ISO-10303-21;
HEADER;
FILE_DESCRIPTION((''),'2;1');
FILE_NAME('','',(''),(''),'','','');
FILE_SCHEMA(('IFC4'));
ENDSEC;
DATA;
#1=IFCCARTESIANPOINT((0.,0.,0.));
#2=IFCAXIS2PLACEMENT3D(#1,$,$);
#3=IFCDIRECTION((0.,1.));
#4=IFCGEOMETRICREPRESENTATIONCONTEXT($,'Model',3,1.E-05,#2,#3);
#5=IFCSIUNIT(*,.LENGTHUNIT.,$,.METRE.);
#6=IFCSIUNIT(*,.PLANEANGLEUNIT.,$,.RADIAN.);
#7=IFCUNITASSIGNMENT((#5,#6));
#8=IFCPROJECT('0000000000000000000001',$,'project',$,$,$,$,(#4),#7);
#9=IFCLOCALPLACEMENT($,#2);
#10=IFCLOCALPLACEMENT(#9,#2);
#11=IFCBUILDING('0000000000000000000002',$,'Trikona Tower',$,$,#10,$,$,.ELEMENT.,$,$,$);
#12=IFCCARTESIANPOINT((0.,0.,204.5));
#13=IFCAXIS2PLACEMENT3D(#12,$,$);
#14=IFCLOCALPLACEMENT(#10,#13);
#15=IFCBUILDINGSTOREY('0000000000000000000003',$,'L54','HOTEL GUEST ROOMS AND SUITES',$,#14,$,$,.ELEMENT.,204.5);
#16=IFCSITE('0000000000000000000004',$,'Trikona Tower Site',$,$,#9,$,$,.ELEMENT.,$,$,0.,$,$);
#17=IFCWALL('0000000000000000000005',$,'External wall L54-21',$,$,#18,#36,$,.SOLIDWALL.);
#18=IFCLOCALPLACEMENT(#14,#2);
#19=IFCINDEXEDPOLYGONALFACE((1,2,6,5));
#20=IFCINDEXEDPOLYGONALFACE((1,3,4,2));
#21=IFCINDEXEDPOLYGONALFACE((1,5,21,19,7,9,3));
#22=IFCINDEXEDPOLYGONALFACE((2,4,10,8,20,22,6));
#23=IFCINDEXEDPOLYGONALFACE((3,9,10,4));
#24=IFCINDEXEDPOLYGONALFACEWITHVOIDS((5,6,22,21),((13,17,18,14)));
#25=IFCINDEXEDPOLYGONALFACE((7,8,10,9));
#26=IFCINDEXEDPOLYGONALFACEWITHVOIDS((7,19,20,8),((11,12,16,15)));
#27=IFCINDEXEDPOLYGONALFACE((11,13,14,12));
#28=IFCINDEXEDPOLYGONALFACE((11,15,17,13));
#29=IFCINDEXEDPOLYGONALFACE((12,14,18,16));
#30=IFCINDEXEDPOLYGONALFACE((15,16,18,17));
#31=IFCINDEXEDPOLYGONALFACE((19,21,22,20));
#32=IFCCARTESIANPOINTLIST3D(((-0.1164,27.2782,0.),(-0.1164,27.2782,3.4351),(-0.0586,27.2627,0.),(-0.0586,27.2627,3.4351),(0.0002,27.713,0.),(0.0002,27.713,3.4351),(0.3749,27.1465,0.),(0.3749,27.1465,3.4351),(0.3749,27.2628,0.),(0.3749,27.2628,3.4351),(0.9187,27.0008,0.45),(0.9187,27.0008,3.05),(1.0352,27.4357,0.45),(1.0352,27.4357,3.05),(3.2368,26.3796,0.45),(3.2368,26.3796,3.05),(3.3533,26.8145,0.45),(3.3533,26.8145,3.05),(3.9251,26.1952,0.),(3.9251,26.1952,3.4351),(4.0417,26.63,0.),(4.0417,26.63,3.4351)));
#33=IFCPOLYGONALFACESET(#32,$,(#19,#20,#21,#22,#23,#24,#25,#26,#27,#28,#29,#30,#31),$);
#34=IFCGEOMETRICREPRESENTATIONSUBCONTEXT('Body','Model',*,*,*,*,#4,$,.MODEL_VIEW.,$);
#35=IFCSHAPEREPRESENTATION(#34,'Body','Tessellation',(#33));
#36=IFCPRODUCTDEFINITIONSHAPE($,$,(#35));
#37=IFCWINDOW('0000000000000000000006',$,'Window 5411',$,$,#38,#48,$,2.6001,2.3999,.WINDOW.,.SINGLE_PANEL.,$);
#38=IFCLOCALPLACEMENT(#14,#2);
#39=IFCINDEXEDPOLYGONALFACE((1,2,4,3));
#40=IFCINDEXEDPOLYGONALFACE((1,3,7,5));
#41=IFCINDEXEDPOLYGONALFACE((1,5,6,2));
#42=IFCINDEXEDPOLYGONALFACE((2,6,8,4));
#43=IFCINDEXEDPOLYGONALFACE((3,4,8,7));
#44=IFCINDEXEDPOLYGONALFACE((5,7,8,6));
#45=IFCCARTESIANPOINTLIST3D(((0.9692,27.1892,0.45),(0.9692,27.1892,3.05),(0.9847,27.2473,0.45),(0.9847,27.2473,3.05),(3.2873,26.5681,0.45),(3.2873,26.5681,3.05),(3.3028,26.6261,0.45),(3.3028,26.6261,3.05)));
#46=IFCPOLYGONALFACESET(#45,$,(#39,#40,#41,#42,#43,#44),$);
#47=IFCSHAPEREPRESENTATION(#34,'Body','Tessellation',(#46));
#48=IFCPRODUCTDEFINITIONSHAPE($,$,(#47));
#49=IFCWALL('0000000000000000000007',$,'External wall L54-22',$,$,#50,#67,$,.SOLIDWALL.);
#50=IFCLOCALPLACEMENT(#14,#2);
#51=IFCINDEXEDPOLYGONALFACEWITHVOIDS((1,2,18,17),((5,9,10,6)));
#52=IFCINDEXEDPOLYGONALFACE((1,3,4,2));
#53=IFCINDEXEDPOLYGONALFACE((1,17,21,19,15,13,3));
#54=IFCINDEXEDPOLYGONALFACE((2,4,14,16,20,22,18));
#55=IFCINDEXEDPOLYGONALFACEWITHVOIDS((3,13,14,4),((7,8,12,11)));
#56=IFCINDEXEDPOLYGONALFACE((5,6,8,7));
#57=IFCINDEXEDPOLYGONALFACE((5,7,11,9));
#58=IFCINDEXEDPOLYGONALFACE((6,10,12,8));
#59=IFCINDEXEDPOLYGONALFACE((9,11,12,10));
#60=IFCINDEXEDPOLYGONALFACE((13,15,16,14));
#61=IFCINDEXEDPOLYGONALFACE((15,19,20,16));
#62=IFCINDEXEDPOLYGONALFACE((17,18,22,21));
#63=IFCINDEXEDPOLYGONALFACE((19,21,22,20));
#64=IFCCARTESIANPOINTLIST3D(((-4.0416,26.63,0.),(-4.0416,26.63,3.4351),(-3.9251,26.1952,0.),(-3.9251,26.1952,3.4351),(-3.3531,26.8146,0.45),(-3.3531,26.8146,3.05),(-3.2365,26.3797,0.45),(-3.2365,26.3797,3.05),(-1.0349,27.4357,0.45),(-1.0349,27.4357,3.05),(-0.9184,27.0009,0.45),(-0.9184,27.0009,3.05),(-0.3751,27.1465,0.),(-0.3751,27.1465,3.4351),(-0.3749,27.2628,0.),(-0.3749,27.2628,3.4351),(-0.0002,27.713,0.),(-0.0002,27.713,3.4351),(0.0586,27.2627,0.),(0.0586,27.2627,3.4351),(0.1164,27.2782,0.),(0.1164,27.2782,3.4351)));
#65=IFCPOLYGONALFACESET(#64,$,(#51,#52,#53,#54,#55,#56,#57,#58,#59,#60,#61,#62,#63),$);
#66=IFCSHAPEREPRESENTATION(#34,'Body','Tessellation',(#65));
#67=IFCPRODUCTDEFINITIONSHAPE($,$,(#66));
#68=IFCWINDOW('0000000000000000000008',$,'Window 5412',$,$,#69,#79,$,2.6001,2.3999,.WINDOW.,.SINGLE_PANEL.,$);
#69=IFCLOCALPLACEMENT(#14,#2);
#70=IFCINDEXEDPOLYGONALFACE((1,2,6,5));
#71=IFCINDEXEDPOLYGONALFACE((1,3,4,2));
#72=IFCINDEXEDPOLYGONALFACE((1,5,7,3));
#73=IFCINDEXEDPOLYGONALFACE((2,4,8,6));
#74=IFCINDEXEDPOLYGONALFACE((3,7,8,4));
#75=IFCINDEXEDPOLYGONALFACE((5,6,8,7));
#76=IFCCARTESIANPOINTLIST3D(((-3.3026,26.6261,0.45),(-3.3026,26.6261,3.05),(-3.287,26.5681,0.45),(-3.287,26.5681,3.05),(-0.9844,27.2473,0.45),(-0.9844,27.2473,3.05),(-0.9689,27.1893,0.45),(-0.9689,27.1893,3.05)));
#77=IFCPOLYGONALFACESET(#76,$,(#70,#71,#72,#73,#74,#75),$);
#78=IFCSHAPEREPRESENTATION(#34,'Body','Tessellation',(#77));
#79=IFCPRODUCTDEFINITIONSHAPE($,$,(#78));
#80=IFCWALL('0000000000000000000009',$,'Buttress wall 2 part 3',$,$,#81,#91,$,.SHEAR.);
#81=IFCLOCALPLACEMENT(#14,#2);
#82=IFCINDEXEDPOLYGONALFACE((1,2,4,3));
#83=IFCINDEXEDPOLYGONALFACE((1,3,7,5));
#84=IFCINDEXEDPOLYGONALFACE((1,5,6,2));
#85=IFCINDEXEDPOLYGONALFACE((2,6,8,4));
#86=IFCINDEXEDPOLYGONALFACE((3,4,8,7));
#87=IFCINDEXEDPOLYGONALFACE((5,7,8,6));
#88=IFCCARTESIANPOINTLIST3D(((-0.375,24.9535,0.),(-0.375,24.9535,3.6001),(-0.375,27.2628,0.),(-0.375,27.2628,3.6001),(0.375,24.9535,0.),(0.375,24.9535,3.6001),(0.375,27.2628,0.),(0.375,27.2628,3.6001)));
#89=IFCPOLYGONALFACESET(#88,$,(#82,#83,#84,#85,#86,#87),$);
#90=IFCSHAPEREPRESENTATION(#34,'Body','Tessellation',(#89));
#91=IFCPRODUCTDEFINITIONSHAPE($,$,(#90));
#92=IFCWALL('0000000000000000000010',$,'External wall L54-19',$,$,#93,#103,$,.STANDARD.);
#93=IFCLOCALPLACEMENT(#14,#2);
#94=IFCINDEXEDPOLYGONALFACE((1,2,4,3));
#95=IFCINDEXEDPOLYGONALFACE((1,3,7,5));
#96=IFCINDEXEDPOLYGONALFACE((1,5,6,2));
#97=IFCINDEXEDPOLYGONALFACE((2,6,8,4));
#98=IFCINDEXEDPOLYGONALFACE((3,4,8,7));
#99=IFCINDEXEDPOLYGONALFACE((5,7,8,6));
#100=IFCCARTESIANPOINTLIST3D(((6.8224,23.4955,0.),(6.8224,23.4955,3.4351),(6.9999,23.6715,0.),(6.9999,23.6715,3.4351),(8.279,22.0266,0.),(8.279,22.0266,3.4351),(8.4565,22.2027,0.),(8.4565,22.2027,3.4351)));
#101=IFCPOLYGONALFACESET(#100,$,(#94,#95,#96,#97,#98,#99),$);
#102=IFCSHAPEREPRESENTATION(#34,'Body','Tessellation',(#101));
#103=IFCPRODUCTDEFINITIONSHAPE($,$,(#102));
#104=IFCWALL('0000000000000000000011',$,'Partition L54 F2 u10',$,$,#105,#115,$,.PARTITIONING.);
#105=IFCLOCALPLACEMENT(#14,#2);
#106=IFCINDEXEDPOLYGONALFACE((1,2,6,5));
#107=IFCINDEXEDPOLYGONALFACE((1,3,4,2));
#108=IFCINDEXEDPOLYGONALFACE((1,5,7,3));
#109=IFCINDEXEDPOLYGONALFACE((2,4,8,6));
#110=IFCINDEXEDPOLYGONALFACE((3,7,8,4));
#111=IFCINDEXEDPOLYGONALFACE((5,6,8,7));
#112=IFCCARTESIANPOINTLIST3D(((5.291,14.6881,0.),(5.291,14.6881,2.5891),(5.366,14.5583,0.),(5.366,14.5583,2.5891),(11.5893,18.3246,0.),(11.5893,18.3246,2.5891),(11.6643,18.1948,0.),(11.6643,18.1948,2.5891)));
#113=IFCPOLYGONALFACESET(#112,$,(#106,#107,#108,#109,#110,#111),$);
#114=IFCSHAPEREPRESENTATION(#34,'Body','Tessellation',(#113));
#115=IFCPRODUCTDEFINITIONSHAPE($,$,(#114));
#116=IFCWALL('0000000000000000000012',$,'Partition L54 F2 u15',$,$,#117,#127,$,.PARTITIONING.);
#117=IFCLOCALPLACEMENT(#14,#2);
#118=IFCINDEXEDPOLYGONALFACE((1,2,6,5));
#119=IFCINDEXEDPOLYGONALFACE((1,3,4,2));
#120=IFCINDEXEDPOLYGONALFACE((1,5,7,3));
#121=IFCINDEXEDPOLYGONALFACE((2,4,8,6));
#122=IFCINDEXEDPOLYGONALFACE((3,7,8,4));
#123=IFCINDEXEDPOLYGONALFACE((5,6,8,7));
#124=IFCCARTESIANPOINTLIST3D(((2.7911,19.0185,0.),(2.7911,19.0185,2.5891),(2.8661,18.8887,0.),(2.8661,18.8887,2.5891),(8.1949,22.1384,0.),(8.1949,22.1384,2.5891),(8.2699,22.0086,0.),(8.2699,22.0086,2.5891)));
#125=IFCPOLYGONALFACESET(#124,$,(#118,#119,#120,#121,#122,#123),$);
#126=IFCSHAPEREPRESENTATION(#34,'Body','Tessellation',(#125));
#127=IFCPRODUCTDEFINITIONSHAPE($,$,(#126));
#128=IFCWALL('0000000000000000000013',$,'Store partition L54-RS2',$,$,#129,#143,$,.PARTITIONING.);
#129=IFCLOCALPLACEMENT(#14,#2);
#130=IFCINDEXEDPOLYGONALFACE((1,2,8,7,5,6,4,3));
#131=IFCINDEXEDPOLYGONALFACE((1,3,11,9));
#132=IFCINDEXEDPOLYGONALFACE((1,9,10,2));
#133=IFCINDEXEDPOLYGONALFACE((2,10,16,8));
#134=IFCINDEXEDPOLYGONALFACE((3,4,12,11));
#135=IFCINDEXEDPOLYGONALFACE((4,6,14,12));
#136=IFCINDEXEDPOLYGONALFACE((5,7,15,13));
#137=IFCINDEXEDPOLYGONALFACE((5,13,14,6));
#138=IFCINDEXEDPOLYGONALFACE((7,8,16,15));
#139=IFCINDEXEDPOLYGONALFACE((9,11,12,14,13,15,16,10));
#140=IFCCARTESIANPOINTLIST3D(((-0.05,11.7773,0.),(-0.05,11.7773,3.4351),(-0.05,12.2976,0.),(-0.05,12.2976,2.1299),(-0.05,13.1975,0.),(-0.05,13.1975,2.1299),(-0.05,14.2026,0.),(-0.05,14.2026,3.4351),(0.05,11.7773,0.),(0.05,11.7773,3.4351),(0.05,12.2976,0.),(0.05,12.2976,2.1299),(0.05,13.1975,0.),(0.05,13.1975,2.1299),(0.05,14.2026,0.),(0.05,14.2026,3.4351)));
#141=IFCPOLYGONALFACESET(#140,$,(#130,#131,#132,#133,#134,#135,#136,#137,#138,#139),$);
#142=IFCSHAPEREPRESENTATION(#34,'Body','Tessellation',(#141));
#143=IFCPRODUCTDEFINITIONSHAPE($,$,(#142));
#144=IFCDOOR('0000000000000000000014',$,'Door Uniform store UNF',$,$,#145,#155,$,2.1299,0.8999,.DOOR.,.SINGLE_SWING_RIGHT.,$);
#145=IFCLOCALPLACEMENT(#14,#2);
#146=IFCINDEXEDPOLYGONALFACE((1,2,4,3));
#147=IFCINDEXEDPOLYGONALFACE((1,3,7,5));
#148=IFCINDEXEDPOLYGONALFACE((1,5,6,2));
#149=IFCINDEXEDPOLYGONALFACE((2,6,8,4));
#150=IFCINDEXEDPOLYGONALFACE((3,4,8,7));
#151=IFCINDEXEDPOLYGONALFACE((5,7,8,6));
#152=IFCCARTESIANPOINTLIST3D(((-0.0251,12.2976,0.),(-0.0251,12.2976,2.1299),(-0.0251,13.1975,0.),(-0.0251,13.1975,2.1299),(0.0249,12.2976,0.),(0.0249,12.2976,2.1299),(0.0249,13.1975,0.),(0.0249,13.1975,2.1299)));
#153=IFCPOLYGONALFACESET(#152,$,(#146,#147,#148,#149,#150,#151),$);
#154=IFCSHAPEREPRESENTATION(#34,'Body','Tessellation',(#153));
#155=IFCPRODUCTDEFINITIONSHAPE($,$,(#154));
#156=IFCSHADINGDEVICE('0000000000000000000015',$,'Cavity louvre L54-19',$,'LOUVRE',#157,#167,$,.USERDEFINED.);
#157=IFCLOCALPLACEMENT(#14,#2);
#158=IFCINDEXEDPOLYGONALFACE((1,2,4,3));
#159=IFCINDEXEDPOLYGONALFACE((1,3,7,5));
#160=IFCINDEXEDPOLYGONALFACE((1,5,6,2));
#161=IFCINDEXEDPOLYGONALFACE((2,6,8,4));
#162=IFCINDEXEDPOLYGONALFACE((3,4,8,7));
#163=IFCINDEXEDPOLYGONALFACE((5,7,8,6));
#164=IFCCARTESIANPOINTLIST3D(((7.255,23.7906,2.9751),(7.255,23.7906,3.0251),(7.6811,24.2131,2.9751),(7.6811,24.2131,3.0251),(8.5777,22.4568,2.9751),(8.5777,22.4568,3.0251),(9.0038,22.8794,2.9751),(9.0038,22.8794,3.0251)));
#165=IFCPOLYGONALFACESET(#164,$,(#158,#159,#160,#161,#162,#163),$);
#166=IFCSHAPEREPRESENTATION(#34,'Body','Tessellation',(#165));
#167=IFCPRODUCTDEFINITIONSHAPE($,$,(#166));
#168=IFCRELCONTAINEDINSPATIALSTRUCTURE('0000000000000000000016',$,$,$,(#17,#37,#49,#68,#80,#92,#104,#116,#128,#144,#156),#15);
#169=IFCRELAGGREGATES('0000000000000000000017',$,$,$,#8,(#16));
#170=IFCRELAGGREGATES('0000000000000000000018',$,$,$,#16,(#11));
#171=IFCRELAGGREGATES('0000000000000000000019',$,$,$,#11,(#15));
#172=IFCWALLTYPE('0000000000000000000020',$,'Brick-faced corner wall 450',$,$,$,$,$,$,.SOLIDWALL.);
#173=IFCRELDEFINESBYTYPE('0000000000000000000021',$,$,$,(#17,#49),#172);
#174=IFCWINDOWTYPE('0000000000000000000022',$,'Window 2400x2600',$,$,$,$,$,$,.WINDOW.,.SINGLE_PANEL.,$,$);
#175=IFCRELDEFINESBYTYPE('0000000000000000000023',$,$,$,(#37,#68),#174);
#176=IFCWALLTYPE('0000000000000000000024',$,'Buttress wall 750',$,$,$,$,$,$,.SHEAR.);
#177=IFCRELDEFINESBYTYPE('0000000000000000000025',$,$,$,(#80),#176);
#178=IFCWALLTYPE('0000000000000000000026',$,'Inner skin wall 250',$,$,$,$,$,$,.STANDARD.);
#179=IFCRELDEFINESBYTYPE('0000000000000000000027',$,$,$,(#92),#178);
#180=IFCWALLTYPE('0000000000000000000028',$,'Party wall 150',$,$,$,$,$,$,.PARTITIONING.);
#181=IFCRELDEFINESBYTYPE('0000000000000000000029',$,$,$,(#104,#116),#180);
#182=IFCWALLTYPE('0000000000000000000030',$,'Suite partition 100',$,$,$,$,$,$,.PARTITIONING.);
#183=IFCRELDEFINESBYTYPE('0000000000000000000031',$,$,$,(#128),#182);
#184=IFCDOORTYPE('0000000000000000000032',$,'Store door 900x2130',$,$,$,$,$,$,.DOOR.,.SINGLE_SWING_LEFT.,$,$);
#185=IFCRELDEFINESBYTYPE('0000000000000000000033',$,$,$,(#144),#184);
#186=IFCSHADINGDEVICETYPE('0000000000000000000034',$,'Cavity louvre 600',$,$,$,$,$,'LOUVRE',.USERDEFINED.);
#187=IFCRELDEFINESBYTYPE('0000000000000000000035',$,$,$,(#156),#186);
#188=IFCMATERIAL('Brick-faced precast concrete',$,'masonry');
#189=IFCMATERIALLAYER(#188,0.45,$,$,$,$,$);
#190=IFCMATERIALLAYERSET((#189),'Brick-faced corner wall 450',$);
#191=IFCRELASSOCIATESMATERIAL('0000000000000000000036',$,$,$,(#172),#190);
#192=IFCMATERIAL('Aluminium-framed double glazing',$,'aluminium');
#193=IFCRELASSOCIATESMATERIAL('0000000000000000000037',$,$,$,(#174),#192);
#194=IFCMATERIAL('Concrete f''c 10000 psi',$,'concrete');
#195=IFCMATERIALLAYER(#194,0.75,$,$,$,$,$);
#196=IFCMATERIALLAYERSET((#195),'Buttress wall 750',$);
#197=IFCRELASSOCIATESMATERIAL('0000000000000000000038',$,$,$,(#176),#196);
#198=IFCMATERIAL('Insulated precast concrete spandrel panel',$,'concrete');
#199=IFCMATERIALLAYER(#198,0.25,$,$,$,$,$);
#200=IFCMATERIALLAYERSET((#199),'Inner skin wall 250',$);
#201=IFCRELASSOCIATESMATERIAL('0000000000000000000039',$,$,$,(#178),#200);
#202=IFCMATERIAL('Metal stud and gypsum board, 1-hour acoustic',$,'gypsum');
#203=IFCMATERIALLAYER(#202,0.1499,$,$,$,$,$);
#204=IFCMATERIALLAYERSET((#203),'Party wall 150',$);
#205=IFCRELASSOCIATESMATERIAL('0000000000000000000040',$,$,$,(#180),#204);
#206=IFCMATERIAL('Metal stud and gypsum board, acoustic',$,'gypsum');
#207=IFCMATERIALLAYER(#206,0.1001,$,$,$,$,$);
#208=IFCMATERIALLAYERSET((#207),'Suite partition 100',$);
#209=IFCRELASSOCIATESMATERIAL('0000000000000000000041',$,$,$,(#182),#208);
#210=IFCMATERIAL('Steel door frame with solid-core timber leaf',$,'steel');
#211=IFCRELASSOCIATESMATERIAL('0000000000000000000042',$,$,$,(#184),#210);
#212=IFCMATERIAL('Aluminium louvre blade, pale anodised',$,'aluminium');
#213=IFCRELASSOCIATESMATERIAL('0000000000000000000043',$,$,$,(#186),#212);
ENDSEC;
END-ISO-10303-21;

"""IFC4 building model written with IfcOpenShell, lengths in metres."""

from ifc_helpers import new_model, si_unit, direction, frame, frame_2d, origin, origin_2d, place, context, subcontext, project, spatial, polyline, rectangle, outline, extrude, material, layer, layer_set, type_object, element, fill, save


model = new_model("IFC4")

# Units and contexts
model_context = context("Model", 3, precision=1e-05, world=origin(), true_north=direction((0.0, 1.0)))
body_context = subcontext(model_context, "Body", "Model", "MODEL_VIEW")
ifc_project = project(units=[si_unit("LENGTHUNIT", "METRE"), si_unit("PLANEANGLEUNIT", "RADIAN")], contexts=[model_context])

# Site, building, storey
site_placement = place(None, origin())
site = spatial("IfcSite", under=ifc_project, at=site_placement, Name="Trikona Tower Site", CompositionType="ELEMENT", RefElevation=0.0)
building_placement = place(site_placement, origin())
building = spatial("IfcBuilding", under=site, at=building_placement, Name="Trikona Tower", CompositionType="ELEMENT")
storey_placement = place(building_placement, frame((0.0, 0.0, 204.5)))
storey = spatial("IfcBuildingStorey", under=building, at=storey_placement, Name="L54", Description="HOTEL GUEST ROOMS AND SUITES", CompositionType="ELEMENT", Elevation=204.5)

# Walls, openings, windows
ifc_material_1 = material(Name="Brick-faced precast concrete", Category="masonry")
ifc_layer_1 = layer(ifc_material_1, 0.45)
ifc_layer_set_1 = layer_set([ifc_layer_1], Name="Brick-faced corner wall 450")
wall_type_1 = type_object("IfcWallType", Name="Brick-faced corner wall 450", PredefinedType="SOLIDWALL", material=ifc_layer_set_1)
wall_1_placement = place(storey_placement, frame((3.9834, 26.4126, 0.0), z_axis=(0.0, 0.0, 1.0), x_axis=(-0.96592, 0.258839, 0.0)))
wall_1 = element("IfcWall", 1, at=wall_1_placement, inside=storey, type_object=wall_type_1, Name="External wall L54-21", PredefinedType="SOLIDWALL", context=body_context, shape_type="SweptSolid", body=[
    extrude(outline(polyline([(4.1841, 0.2251), (4.1243, 0.2251), (3.7056, 0.1128), (3.6755, 0.2251), (0.0, 0.2251), (0.0, -0.2251), (4.1841, -0.2251), (4.1841, 0.2251)])), origin(), (0.0, 0.0, 1.0), 3.4351),
])
opening_1_placement = place(wall_1_placement, frame((0.7126, 0.0, 0.45)))
opening_1 = element("IfcOpeningElement", 2, at=opening_1_placement, cuts=wall_1, PredefinedType="OPENING", context=body_context, shape_type="SweptSolid", body=[
    extrude(rectangle(XDim=2.3999, YDim=2.6001, at=frame_2d((1.2, 1.3))), frame((0.0, 0.2349, 0.0), z_axis=(0.0, -1.0, 0.0), x_axis=(1.0, 0.0, 0.0)), (0.0, 0.0, 1.0), 0.47),
])
ifc_material_2 = material(Name="Aluminium-framed double glazing", Category="aluminium")
window_type_1 = type_object("IfcWindowType", Name="Window 2400x2600", PartitioningType="SINGLE_PANEL", PredefinedType="WINDOW", material=ifc_material_2)
window_1_placement = place(opening_1_placement, origin())
window_1 = element("IfcWindow", 3, at=window_1_placement, inside=storey, type_object=window_type_1, Name="Window 5411", OverallHeight=2.6001, OverallWidth=2.3999, PartitioningType="SINGLE_PANEL", PredefinedType="WINDOW", context=body_context, shape_type="SweptSolid", body=[
    extrude(rectangle(XDim=2.3999, YDim=2.6001, at=frame_2d((1.2, 1.3))), frame((0.0, 0.03, 0.0), z_axis=(0.0, -1.0, 0.0), x_axis=(1.0, 0.0, 0.0)), (0.0, 0.0, 1.0), 0.0601),
])
fill(opening_1, window_1)
wall_2_placement = place(storey_placement, frame((0.0581, 27.4956, 0.0), z_axis=(0.0, 0.0, 1.0), x_axis=(-0.96592, -0.258839, 0.0)))
wall_2 = element("IfcWall", 4, at=wall_2_placement, inside=storey, type_object=wall_type_1, Name="External wall L54-22", PredefinedType="SOLIDWALL", context=body_context, shape_type="SweptSolid", body=[
    extrude(outline(polyline([(4.1841, 0.2251), (0.5088, 0.2251), (0.4785, 0.1128), (0.0598, 0.2251), (0.0, 0.2251), (0.0, -0.2251), (4.1841, -0.2251), (4.1841, 0.2251)])), origin(), (0.0, 0.0, 1.0), 3.4351),
])
opening_2_placement = place(wall_2_placement, frame((1.0713, 0.0, 0.45)))
opening_2 = element("IfcOpeningElement", 5, at=opening_2_placement, cuts=wall_2, PredefinedType="OPENING", context=body_context, shape_type="SweptSolid", body=[
    extrude(rectangle(XDim=2.3999, YDim=2.6001, at=frame_2d((1.2, 1.3))), frame((0.0, 0.2349, 0.0), z_axis=(0.0, -1.0, 0.0), x_axis=(1.0, 0.0, 0.0)), (0.0, 0.0, 1.0), 0.47),
])
window_2_placement = place(opening_2_placement, origin())
window_2 = element("IfcWindow", 6, at=window_2_placement, inside=storey, type_object=window_type_1, Name="Window 5412", OverallHeight=2.6001, OverallWidth=2.3999, PartitioningType="SINGLE_PANEL", PredefinedType="WINDOW", context=body_context, shape_type="SweptSolid", body=[
    extrude(rectangle(XDim=2.3999, YDim=2.6001, at=frame_2d((1.2, 1.3))), frame((0.0, 0.03, 0.0), z_axis=(0.0, -1.0, 0.0), x_axis=(1.0, 0.0, 0.0)), (0.0, 0.0, 1.0), 0.0601),
])
fill(opening_2, window_2)

# Walls
ifc_material_3 = material(Name="Concrete f'c 10000 psi", Category="concrete")
ifc_layer_2 = layer(ifc_material_3, 0.75)
ifc_layer_set_2 = layer_set([ifc_layer_2], Name="Buttress wall 750")
wall_type_2 = type_object("IfcWallType", Name="Buttress wall 750", PredefinedType="SHEAR", material=ifc_layer_set_2)
wall_3_placement = place(storey_placement, frame((0.0, 24.9534, 0.0), z_axis=(0.0, 0.0, 1.0), x_axis=(0.0, 1.0, 0.0)))
element("IfcWall", 7, at=wall_3_placement, inside=storey, type_object=wall_type_2, Name="Buttress wall 2 part 3", PredefinedType="SHEAR", context=body_context, shape_type="SweptSolid", body=[
    extrude(rectangle(XDim=2.3093, YDim=0.75, at=frame_2d((1.1548, 0.0))), origin(), (0.0, 0.0, 1.0), 3.6001),
])
ifc_material_4 = material(Name="Insulated precast concrete spandrel panel", Category="concrete")
ifc_layer_3 = layer(ifc_material_4, 0.25)
ifc_layer_set_3 = layer_set([ifc_layer_3], Name="Inner skin wall 250")
wall_type_3 = type_object("IfcWallType", Name="Inner skin wall 250", PredefinedType="STANDARD", material=ifc_layer_set_3)
wall_4_placement = place(storey_placement, frame((8.3677, 22.1147, 0.0), z_axis=(0.0, 0.0, 1.0), x_axis=(-0.70415, 0.710051, 0.0)))
element("IfcWall", 8, at=wall_4_placement, inside=storey, type_object=wall_type_3, Name="External wall L54-19", PredefinedType="STANDARD", context=body_context, shape_type="SweptSolid", body=[
    extrude(rectangle(XDim=2.0686, YDim=0.25, at=frame_2d((1.0342, 0.0))), origin(), (0.0, 0.0, 1.0), 3.4351),
])
ifc_material_5 = material(Name="Metal stud and gypsum board, 1-hour acoustic", Category="gypsum")
ifc_layer_4 = layer(ifc_material_5, 0.1499)
ifc_layer_set_4 = layer_set([ifc_layer_4], Name="Party wall 150")
wall_type_4 = type_object("IfcWallType", Name="Party wall 150", PredefinedType="PARTITIONING", material=ifc_layer_set_4)
wall_5_placement = place(storey_placement, frame((5.3286, 14.6233, 0.0), z_axis=(0.0, 0.0, 1.0), x_axis=(0.866018, 0.500013, 0.0)))
element("IfcWall", 9, at=wall_5_placement, inside=storey, type_object=wall_type_4, Name="Partition L54 F2 u10", PredefinedType="PARTITIONING", context=body_context, shape_type="SweptSolid", body=[
    extrude(rectangle(XDim=7.2727, YDim=0.1499, at=frame_2d((3.6362, 0.0))), origin(), (0.0, 0.0, 1.0), 2.5891),
])
wall_6_placement = place(storey_placement, frame((2.8286, 18.9536, 0.0), z_axis=(0.0, 0.0, 1.0), x_axis=(0.866027, 0.499998, 0.0)))
element("IfcWall", 10, at=wall_6_placement, inside=storey, type_object=wall_type_4, Name="Partition L54 F2 u15", PredefinedType="PARTITIONING", context=body_context, shape_type="SweptSolid", body=[
    extrude(rectangle(XDim=6.2397, YDim=0.1499, at=frame_2d((3.1199, 0.0))), origin(), (0.0, 0.0, 1.0), 2.5891),
])

# Wall, opening, door
ifc_material_6 = material(Name="Metal stud and gypsum board, acoustic", Category="gypsum")
ifc_layer_5 = layer(ifc_material_6, 0.1001)
ifc_layer_set_5 = layer_set([ifc_layer_5], Name="Suite partition 100")
wall_type_5 = type_object("IfcWallType", Name="Suite partition 100", PredefinedType="PARTITIONING", material=ifc_layer_set_5)
wall_7_placement = place(storey_placement, frame((0.0, 14.2026, 0.0), z_axis=(0.0, 0.0, 1.0), x_axis=(0.0, -1.0, 0.0)))
wall_7 = element("IfcWall", 11, at=wall_7_placement, inside=storey, type_object=wall_type_5, Name="Store partition L54-RS2", PredefinedType="PARTITIONING", context=body_context, shape_type="SweptSolid", body=[
    extrude(rectangle(XDim=2.4253, YDim=0.1001, at=frame_2d((1.2126, 0.0))), origin(), (0.0, 0.0, 1.0), 3.4351),
])
opening_3_placement = place(wall_7_placement, frame((1.0051, 0.0, 0.0)))
opening_3 = element("IfcOpeningElement", 12, at=opening_3_placement, cuts=wall_7, PredefinedType="OPENING", context=body_context, shape_type="SweptSolid", body=[
    extrude(rectangle(XDim=0.8999, YDim=2.1299, at=frame_2d((0.45, 1.0649))), frame((0.0, 0.0601, 0.0), z_axis=(0.0, -1.0, 0.0), x_axis=(1.0, 0.0, 0.0)), (0.0, 0.0, 1.0), 0.1201),
])
ifc_material_7 = material(Name="Steel door frame with solid-core timber leaf", Category="steel")
door_type_1 = type_object("IfcDoorType", Name="Store door 900x2130", OperationType="SINGLE_SWING_LEFT", PredefinedType="DOOR", material=ifc_material_7)
door_1_placement = place(opening_3_placement, origin())
door_1 = element("IfcDoor", 13, at=door_1_placement, inside=storey, type_object=door_type_1, Name="Door Uniform store UNF", OperationType="SINGLE_SWING_RIGHT", OverallHeight=2.1299, OverallWidth=0.8999, PredefinedType="DOOR", context=body_context, shape_type="SweptSolid", body=[
    extrude(rectangle(XDim=0.8999, YDim=2.1299, at=frame_2d((0.45, 1.0649))), frame((0.0, 0.0249, 0.0), z_axis=(0.0, -1.0, 0.0), x_axis=(1.0, 0.0, 0.0)), (0.0, 0.0, 1.0), 0.05),
])
fill(opening_3, door_1)

# Shading device
ifc_material_8 = material(Name="Aluminium louvre blade, pale anodised", Category="aluminium")
shading_device_type = type_object("IfcShadingDeviceType", Name="Cavity louvre 600", ElementType="LOUVRE", PredefinedType="USERDEFINED", material=ifc_material_8)
shading_device_placement = place(storey_placement, frame((8.1294, 23.335, 2.9751), z_axis=(0.0, 0.0, 1.0), x_axis=(-0.704151, 0.71005, 0.0)))
element("IfcShadingDevice", 14, at=shading_device_placement, inside=storey, type_object=shading_device_type, Name="Cavity louvre L54-19", ObjectType="LOUVRE", PredefinedType="USERDEFINED", context=body_context, shape_type="SweptSolid", body=[
    extrude(rectangle(XDim=1.8784, YDim=0.6001, at=origin_2d()), origin(), (0.0, 0.0, 1.0), 0.05),
])

save(model, "model.ifc")
